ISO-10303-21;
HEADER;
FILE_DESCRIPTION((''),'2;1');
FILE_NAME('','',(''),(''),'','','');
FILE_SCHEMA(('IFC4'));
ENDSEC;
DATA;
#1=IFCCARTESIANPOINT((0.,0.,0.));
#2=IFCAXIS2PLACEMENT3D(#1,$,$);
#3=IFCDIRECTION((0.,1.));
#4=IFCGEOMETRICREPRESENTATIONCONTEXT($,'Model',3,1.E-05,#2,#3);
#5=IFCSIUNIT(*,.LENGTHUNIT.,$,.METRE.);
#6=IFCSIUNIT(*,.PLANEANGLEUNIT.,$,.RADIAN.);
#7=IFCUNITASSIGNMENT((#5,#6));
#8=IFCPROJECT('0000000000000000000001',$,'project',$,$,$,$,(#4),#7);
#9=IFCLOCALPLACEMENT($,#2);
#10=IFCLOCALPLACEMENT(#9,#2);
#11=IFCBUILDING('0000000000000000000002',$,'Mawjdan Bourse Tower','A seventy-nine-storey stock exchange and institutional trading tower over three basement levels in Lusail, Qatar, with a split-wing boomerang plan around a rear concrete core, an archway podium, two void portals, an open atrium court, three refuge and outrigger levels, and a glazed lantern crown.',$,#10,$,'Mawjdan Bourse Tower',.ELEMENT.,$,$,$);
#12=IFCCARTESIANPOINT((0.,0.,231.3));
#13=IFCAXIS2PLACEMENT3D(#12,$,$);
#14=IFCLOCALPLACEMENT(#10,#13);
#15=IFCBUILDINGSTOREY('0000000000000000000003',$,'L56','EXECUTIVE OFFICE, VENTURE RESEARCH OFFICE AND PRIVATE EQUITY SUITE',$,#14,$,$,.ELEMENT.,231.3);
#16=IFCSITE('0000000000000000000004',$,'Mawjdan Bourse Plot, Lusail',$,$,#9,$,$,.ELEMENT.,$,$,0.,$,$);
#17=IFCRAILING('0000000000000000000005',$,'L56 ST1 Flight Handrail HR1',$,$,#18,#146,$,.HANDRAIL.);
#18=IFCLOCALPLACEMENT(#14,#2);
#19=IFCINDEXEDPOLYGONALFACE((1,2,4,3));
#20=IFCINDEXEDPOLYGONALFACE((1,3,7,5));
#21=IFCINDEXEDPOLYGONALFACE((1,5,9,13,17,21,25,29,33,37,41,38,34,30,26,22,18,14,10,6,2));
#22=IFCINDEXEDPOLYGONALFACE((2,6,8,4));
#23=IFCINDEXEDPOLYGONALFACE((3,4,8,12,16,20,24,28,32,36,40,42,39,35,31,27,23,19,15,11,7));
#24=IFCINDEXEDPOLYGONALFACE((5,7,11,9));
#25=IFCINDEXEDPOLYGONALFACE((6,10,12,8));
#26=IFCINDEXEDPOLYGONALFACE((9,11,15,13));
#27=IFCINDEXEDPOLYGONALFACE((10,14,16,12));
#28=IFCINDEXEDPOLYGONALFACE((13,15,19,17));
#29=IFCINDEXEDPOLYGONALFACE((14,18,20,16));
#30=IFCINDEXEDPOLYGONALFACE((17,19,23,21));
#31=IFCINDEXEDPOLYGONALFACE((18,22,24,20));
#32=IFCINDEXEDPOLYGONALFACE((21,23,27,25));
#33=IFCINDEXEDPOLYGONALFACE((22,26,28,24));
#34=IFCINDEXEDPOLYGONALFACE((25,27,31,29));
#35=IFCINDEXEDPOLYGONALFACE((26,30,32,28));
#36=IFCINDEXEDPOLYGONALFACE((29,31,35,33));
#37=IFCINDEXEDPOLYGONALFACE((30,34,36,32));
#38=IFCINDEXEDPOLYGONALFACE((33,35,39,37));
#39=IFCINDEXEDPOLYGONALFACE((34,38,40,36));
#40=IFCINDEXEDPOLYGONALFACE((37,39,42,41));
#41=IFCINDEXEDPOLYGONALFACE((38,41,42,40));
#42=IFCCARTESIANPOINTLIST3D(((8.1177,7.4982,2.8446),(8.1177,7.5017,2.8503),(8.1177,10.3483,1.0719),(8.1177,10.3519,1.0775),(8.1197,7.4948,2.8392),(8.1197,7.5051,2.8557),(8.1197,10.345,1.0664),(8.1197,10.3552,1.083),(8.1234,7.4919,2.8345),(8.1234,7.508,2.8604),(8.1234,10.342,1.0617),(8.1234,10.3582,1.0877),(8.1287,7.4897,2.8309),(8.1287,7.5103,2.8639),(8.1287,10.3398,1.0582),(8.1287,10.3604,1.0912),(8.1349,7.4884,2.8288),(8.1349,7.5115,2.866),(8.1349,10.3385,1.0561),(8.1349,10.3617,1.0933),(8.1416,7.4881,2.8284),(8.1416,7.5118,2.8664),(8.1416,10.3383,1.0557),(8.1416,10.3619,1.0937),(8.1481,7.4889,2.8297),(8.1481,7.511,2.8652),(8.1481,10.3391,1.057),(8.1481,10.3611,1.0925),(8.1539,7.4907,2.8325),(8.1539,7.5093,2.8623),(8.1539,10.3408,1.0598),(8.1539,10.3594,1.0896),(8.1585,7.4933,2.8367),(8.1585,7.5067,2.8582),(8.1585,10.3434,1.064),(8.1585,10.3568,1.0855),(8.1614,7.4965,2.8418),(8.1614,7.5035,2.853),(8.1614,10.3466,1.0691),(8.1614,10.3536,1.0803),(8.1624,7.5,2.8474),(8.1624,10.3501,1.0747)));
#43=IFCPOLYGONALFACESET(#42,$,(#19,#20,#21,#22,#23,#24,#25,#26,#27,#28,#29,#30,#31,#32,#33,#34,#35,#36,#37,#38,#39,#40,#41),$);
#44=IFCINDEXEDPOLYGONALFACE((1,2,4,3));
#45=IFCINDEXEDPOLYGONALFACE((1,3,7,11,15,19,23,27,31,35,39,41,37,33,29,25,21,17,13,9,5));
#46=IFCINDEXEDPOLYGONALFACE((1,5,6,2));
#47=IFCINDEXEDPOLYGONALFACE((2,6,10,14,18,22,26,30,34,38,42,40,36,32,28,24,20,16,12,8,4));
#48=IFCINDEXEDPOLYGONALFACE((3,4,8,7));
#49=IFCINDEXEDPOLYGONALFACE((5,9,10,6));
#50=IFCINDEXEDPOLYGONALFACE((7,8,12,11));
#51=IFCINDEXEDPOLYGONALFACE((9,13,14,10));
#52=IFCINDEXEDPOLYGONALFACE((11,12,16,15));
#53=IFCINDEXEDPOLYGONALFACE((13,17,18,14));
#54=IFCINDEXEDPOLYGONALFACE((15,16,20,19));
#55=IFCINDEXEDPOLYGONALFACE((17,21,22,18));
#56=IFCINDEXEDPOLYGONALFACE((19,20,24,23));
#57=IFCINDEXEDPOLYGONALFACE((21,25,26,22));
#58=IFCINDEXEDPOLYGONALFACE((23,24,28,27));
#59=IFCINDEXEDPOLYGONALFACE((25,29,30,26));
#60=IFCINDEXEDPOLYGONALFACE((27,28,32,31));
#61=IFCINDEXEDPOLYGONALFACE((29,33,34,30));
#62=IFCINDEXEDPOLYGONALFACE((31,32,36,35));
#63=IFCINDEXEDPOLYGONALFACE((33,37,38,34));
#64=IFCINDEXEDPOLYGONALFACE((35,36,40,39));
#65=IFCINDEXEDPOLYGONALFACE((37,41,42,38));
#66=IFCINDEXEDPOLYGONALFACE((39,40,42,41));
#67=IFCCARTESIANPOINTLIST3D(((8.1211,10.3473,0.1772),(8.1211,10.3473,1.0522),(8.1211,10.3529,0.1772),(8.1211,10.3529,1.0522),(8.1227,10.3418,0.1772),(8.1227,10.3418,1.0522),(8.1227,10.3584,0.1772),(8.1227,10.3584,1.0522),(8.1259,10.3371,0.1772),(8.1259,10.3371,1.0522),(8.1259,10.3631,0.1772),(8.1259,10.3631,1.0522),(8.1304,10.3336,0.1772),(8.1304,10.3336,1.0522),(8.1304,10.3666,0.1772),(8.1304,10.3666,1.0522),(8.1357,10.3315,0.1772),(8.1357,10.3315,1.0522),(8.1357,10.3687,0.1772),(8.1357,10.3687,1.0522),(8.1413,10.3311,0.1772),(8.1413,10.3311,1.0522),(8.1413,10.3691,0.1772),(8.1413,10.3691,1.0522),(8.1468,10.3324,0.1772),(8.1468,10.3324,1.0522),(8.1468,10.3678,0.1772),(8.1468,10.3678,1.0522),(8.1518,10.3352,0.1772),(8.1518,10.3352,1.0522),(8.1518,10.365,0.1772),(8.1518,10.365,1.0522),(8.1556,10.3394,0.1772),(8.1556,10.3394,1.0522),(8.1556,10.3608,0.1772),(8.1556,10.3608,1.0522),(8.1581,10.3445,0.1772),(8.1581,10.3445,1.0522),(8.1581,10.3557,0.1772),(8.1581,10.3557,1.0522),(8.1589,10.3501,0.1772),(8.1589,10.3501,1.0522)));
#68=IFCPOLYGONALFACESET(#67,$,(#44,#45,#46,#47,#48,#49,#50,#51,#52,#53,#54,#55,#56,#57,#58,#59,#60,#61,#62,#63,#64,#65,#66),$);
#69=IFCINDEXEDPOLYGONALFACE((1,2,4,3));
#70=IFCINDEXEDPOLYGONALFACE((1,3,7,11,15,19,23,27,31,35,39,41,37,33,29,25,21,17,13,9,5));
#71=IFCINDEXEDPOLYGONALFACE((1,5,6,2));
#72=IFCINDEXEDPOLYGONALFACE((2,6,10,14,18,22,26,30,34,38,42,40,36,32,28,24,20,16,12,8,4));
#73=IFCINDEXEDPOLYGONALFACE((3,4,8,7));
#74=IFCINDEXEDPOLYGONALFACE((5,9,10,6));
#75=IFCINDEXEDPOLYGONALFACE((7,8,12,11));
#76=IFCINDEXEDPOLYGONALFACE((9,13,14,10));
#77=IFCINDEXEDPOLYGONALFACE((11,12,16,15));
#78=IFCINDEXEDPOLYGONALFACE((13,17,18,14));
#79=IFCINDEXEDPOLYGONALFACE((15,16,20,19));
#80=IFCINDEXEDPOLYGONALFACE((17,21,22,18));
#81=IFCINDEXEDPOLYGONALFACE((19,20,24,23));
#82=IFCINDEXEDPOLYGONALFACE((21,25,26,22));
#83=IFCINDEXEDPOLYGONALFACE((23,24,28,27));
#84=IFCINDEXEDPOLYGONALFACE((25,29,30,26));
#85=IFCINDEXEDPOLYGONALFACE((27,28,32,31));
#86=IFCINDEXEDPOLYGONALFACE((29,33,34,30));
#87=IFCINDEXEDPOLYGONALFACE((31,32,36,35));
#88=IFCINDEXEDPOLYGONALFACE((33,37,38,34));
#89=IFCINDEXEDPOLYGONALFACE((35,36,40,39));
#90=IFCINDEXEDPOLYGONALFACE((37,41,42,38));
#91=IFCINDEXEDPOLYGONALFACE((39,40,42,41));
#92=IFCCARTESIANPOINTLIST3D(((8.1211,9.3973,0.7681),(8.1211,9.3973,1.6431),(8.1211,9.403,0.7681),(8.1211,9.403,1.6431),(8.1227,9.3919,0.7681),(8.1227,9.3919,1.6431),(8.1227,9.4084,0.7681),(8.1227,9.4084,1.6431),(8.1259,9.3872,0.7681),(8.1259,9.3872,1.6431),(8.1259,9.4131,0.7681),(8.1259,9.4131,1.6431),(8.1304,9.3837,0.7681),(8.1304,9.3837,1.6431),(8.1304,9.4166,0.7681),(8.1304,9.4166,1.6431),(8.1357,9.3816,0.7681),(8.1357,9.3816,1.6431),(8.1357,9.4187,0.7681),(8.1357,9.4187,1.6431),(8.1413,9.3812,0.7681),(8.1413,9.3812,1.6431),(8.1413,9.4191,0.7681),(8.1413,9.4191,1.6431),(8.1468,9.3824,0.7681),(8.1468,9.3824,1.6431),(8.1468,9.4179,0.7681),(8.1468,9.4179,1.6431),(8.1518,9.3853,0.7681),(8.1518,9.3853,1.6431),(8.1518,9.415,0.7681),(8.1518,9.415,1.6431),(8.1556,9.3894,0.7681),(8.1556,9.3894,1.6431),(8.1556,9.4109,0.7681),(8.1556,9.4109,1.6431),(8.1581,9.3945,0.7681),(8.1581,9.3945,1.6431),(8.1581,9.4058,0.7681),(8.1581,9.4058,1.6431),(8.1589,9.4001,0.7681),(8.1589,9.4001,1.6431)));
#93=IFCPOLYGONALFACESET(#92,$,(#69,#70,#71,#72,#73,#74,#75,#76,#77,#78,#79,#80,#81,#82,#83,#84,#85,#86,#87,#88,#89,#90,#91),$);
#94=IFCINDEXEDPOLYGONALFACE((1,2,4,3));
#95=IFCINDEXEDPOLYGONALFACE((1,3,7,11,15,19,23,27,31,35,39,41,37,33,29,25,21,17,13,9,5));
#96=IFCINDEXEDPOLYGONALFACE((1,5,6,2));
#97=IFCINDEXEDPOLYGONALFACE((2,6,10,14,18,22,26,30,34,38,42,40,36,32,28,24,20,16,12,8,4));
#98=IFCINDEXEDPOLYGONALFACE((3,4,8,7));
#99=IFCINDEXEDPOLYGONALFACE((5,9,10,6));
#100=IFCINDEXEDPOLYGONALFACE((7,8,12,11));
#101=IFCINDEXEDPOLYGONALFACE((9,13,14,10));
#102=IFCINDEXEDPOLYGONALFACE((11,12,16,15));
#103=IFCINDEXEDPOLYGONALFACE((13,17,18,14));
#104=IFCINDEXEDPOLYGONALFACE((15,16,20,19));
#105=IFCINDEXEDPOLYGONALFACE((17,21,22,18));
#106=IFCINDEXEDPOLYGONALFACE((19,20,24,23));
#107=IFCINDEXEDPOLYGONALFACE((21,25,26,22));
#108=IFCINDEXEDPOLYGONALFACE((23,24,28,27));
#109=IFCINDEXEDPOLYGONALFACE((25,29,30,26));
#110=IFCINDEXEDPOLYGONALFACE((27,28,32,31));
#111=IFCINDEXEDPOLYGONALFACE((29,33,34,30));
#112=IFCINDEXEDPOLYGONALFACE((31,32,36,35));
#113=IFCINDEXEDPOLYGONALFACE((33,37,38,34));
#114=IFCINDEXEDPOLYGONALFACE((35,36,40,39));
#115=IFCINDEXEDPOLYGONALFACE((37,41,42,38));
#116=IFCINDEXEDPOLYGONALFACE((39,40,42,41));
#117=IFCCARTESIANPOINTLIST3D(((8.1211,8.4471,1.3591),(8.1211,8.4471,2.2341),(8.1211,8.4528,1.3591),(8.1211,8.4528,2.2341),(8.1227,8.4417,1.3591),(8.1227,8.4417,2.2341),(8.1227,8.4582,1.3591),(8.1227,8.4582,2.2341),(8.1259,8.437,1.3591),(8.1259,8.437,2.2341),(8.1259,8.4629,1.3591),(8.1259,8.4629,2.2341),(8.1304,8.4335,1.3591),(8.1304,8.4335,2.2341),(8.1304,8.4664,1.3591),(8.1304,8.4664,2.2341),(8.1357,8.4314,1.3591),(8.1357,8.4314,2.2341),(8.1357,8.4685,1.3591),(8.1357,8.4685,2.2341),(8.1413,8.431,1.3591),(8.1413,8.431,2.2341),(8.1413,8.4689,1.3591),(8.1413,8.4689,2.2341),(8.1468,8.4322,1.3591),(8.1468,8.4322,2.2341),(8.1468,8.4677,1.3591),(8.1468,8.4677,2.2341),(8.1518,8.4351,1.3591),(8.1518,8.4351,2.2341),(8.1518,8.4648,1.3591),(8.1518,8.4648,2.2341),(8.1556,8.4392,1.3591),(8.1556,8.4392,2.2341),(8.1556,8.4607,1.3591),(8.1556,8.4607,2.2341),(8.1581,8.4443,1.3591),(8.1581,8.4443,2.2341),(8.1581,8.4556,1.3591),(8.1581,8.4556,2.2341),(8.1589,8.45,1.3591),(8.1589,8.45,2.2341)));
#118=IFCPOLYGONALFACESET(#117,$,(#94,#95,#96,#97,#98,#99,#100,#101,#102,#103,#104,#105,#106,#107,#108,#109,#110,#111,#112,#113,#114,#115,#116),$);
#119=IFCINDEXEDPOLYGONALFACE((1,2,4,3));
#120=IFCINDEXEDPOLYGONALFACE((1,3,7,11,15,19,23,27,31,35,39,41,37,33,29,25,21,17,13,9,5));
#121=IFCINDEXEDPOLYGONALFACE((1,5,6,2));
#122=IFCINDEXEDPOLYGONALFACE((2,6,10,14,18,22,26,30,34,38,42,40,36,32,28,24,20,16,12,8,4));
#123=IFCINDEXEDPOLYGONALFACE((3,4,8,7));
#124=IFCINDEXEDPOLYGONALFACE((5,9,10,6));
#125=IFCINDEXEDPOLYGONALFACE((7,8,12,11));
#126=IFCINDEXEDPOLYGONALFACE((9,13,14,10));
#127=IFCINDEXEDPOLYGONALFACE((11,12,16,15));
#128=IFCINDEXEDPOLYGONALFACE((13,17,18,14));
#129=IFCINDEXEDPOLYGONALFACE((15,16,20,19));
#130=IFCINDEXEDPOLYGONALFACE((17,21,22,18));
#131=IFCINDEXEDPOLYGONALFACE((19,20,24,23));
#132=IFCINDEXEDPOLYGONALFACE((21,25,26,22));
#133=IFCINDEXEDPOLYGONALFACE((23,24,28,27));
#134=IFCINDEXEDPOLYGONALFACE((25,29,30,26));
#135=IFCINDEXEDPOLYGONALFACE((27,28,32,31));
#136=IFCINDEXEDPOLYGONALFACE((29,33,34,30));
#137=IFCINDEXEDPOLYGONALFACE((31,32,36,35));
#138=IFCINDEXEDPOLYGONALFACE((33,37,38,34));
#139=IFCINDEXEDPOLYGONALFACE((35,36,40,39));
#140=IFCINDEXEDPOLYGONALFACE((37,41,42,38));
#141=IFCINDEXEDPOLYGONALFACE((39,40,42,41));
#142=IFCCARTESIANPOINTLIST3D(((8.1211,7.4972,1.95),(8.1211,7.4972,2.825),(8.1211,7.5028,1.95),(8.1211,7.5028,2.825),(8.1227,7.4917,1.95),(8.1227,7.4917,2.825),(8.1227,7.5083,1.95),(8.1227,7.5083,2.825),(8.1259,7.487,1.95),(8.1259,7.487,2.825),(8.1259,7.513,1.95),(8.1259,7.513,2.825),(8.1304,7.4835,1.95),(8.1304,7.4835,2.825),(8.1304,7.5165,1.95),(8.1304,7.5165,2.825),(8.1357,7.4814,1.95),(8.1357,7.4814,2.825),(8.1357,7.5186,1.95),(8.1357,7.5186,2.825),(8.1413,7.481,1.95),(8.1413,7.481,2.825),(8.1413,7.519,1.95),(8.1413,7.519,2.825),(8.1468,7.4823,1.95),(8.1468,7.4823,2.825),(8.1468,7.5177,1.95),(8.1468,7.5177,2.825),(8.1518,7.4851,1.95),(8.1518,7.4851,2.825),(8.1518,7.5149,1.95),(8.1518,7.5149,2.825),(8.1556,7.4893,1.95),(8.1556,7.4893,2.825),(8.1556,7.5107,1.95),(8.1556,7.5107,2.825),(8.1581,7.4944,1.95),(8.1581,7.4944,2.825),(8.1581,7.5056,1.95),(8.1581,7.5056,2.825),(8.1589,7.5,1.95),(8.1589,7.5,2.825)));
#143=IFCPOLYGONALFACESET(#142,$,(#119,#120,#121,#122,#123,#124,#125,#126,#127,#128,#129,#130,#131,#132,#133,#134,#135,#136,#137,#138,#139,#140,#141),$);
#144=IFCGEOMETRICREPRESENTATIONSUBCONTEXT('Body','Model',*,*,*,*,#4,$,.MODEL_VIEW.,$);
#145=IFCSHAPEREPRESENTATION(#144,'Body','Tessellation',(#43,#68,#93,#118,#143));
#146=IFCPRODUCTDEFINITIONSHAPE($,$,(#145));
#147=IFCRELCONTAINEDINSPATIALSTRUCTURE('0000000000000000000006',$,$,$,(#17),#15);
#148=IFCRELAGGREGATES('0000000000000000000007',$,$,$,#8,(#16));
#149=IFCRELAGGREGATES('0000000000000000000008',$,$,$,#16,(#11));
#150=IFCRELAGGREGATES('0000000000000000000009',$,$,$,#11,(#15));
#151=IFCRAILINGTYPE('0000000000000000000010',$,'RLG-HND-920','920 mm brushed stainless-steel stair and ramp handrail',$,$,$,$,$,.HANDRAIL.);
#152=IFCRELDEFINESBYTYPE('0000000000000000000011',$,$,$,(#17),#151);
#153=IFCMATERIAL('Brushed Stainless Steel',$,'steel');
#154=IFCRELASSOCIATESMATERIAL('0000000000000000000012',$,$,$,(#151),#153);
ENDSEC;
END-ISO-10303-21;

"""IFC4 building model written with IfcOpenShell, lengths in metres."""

from ifc_helpers import new_model, si_unit, direction, frame, origin, origin_2d, place, context, subcontext, project, spatial, circle, extrude, material, type_object, element, save


model = new_model("IFC4")

# Units and contexts
model_context = context("Model", 3, precision=1e-05, world=origin(), true_north=direction((0.0, 1.0)))
body_context = subcontext(model_context, "Body", "Model", "MODEL_VIEW")
ifc_project = project(units=[si_unit("LENGTHUNIT", "METRE"), si_unit("PLANEANGLEUNIT", "RADIAN")], contexts=[model_context])

# Site, building, storey
site_placement = place(None, origin())
site = spatial("IfcSite", under=ifc_project, at=site_placement, Name="Mawjdan Bourse Plot, Lusail", CompositionType="ELEMENT", RefElevation=0.0)
building_placement = place(site_placement, origin())
building = spatial("IfcBuilding", under=site, at=building_placement, Name="Mawjdan Bourse Tower", Description="A seventy-nine-storey stock exchange and institutional trading tower over three basement levels in Lusail, Qatar, with a split-wing boomerang plan around a rear concrete core, an archway podium, two void portals, an open atrium court, three refuge and outrigger levels, and a glazed lantern crown.", LongName="Mawjdan Bourse Tower", CompositionType="ELEMENT")
storey_placement = place(building_placement, frame((0.0, 0.0, 231.3)))
storey = spatial("IfcBuildingStorey", under=building, at=storey_placement, Name="L56", Description="EXECUTIVE OFFICE, VENTURE RESEARCH OFFICE AND PRIVATE EQUITY SUITE", CompositionType="ELEMENT", Elevation=231.3)

# Railing
ifc_material_1 = material(Name="Brushed Stainless Steel", Category="steel")
railing_type_1 = type_object("IfcRailingType", Name="RLG-HND-920", Description="920 mm brushed stainless-steel stair and ramp handrail", PredefinedType="HANDRAIL", material=ifc_material_1)
railing_placement = place(storey_placement, frame((8.1399, 10.3501, 0.1772)))
element("IfcRailing", 1, at=railing_placement, inside=storey, type_object=railing_type_1, Name="L56 ST1 Flight Handrail HR1", PredefinedType="HANDRAIL", context=body_context, shape_type="SweptSolid", body=[
    extrude(circle(Radius=0.0225, at=origin_2d()), frame((0.0, 0.0, 0.8975), z_axis=(0.0, -0.849149, 0.528154), x_axis=(1.0, 0.0, 0.0)), (0.0, 0.0, 1.0), 3.3564),
    extrude(circle(Radius=0.019, at=origin_2d()), origin(), (0.0, 0.0, 1.0), 0.875),
    extrude(circle(Radius=0.019, at=origin_2d()), frame((0.0, -0.95, 0.5908)), (0.0, 0.0, 1.0), 0.875),
    extrude(circle(Radius=0.019, at=origin_2d()), frame((0.0, -1.9001, 1.1819)), (0.0, 0.0, 1.0), 0.875),
    extrude(circle(Radius=0.019, at=origin_2d()), frame((0.0, -2.8501, 1.7727)), (0.0, 0.0, 1.0), 0.875),
])

save(model, "model.ifc")
